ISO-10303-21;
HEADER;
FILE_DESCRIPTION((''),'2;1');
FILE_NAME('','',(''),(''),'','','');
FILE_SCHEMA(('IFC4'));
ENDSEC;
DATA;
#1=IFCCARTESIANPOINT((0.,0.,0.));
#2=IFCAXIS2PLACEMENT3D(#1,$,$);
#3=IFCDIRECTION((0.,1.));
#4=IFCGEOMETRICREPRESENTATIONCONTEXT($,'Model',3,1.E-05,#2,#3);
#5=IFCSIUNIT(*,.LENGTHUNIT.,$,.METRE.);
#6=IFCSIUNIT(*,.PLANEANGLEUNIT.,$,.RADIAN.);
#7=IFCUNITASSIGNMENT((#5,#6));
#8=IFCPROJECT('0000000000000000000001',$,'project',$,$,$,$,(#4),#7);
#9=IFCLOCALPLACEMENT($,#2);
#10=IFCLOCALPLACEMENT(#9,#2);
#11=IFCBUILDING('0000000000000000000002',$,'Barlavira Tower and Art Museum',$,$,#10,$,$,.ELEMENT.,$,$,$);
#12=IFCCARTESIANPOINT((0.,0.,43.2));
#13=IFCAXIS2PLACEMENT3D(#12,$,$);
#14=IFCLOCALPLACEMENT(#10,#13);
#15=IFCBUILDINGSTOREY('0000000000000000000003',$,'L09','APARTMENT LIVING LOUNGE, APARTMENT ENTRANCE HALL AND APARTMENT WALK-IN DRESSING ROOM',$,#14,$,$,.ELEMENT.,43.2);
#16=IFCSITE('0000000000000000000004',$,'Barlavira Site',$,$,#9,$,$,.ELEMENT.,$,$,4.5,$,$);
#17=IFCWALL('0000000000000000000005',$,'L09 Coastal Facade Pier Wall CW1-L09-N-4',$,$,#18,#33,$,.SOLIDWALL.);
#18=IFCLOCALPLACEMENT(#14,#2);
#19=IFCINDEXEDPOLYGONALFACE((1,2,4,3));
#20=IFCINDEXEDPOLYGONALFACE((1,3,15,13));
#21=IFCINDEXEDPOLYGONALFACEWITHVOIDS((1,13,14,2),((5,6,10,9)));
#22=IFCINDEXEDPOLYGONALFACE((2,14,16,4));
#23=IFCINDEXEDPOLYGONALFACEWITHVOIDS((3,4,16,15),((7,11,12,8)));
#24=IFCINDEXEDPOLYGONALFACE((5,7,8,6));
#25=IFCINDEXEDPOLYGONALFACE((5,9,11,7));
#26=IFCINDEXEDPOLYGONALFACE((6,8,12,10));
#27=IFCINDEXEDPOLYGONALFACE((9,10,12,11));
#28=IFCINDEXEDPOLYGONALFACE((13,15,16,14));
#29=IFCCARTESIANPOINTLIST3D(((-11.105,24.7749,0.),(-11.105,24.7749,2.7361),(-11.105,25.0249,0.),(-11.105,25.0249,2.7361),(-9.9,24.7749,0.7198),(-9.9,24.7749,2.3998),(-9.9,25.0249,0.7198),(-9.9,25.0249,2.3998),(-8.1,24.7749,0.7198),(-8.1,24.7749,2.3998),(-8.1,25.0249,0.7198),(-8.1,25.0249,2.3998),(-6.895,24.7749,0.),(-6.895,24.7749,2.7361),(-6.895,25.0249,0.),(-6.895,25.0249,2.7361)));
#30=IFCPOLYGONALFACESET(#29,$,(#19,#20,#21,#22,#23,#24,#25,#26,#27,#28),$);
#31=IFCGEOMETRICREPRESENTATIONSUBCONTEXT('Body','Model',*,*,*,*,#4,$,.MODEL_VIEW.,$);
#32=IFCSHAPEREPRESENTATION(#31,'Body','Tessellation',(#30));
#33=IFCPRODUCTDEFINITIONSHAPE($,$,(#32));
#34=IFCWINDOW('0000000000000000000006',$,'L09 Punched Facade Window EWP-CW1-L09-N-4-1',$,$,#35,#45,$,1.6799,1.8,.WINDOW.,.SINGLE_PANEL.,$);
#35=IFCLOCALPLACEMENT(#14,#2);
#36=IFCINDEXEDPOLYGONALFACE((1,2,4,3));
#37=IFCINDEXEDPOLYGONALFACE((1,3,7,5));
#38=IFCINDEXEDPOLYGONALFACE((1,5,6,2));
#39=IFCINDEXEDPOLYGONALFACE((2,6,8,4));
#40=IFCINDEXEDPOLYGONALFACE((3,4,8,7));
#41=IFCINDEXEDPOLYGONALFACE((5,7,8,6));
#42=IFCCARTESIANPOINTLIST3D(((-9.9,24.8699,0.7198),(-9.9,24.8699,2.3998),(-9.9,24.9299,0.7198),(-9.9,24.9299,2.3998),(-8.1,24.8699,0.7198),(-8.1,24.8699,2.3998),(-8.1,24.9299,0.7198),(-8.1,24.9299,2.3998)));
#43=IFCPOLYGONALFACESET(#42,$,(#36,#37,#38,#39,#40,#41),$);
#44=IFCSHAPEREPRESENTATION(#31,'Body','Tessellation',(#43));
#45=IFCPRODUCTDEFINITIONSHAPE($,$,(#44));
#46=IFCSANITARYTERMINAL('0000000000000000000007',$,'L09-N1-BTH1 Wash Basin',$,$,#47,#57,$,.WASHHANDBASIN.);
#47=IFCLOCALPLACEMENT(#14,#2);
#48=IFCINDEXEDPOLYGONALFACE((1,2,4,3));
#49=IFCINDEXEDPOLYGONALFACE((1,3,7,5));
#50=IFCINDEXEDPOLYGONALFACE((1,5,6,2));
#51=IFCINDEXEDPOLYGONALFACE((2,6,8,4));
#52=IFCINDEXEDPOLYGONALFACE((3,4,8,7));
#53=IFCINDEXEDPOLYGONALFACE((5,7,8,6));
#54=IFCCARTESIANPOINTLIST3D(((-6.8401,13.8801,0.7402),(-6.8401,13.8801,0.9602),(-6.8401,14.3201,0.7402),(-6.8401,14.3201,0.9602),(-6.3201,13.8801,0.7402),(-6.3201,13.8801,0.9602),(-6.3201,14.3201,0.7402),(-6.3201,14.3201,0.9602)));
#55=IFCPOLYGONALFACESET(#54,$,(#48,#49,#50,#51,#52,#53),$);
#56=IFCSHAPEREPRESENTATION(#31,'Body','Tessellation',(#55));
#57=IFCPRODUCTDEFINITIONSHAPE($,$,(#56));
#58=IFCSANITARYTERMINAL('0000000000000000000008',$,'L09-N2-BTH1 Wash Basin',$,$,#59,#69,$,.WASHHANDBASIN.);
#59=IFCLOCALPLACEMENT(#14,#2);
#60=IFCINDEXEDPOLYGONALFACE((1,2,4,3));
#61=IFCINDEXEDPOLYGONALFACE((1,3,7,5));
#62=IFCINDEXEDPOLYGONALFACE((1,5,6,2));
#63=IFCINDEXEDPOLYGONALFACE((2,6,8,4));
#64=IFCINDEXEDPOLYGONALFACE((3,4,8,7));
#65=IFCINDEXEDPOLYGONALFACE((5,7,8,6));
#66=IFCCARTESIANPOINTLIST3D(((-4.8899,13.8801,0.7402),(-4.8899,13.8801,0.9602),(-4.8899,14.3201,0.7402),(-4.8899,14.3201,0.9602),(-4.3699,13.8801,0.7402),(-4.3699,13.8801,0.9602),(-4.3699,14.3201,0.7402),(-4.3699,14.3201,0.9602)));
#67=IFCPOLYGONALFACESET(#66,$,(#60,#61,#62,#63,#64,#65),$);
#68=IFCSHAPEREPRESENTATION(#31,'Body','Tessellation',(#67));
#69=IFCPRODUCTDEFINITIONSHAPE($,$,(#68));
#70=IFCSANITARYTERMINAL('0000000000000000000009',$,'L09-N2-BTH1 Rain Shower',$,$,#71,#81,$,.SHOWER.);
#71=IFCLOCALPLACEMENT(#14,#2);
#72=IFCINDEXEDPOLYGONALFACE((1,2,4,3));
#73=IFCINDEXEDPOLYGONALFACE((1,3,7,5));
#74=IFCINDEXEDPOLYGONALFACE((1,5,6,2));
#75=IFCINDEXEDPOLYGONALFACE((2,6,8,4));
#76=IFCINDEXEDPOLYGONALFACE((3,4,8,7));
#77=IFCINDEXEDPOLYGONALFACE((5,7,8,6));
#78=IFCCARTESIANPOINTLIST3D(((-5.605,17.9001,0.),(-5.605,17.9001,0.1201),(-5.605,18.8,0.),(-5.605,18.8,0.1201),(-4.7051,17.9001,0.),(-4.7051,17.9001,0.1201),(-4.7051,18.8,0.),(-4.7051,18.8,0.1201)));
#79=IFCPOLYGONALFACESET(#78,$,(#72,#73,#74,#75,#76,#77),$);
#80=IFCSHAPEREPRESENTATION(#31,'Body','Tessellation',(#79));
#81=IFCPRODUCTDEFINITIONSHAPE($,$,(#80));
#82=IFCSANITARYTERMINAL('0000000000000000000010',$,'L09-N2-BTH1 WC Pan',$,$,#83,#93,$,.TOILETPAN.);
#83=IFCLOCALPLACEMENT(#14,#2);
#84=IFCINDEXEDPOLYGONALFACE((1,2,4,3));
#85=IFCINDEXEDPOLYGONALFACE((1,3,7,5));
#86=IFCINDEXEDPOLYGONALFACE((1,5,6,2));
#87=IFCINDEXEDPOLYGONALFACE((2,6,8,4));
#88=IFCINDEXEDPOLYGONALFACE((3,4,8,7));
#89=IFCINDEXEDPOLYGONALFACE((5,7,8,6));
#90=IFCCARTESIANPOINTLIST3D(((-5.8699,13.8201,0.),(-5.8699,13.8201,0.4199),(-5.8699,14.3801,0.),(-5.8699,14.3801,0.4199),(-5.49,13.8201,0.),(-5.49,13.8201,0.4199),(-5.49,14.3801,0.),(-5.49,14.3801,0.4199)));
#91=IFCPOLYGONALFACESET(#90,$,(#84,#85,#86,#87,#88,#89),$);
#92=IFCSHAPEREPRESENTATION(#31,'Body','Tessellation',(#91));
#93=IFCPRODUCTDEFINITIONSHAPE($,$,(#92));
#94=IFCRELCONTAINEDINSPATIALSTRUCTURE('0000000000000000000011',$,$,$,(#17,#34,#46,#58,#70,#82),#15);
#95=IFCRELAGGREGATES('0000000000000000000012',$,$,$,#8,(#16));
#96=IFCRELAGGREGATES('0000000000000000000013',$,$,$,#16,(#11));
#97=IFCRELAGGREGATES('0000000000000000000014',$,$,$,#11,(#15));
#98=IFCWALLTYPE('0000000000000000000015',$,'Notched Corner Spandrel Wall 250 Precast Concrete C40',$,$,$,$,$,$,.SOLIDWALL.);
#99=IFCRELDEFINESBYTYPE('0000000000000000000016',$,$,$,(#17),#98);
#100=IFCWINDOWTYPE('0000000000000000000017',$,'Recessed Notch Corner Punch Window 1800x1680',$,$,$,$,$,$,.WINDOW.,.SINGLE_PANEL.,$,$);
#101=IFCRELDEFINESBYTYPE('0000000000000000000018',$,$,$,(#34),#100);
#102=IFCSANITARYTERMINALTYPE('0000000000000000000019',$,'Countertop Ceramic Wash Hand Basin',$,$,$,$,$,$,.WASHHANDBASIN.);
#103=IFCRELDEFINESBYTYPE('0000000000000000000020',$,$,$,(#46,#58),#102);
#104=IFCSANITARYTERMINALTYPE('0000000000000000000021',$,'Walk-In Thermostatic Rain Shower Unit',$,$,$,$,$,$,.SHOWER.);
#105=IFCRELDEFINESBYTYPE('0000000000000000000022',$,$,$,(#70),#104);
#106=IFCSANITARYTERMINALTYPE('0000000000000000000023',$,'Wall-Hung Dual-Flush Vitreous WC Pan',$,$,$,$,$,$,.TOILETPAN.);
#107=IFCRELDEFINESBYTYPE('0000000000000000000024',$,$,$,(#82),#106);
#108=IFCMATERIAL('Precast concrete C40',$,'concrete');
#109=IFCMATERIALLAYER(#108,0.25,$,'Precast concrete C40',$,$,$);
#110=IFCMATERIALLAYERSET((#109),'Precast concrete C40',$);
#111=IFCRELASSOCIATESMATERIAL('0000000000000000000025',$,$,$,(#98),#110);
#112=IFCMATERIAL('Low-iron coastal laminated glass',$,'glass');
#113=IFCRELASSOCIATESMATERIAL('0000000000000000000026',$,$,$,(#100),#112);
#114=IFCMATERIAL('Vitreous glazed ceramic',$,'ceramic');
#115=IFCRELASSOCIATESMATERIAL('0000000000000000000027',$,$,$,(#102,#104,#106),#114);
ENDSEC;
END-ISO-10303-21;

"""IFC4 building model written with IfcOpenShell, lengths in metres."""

from ifc_helpers import new_model, si_unit, direction, frame, frame_2d, origin, origin_2d, place, context, subcontext, project, spatial, rectangle, extrude, material, layer, layer_set, type_object, element, fill, save


model = new_model("IFC4")

# Units and contexts
model_context = context("Model", 3, precision=1e-05, world=origin(), true_north=direction((0.0, 1.0)))
body_context = subcontext(model_context, "Body", "Model", "MODEL_VIEW")
ifc_project = project(units=[si_unit("LENGTHUNIT", "METRE"), si_unit("PLANEANGLEUNIT", "RADIAN")], contexts=[model_context])

# Site, building, storey
site_placement = place(None, origin())
site = spatial("IfcSite", under=ifc_project, at=site_placement, Name="Barlavira Site", CompositionType="ELEMENT", RefElevation=4.5)
building_placement = place(site_placement, origin())
building = spatial("IfcBuilding", under=site, at=building_placement, Name="Barlavira Tower and Art Museum", CompositionType="ELEMENT")
storey_placement = place(building_placement, frame((0.0, 0.0, 43.2)))
storey = spatial("IfcBuildingStorey", under=building, at=storey_placement, Name="L09", Description="APARTMENT LIVING LOUNGE, APARTMENT ENTRANCE HALL AND APARTMENT WALK-IN DRESSING ROOM", CompositionType="ELEMENT", Elevation=43.2)

# Shared definitions
ifc_material_1 = material(Name="Low-iron coastal laminated glass", Category="glass")

# Wall, opening, window
ifc_material_2 = material(Name="Precast concrete C40", Category="concrete")
ifc_layer_1 = layer(ifc_material_2, 0.25, Name="Precast concrete C40")
ifc_layer_set_1 = layer_set([ifc_layer_1], Name="Precast concrete C40")
wall_type_1 = type_object("IfcWallType", Name="Notched Corner Spandrel Wall 250 Precast Concrete C40", PredefinedType="SOLIDWALL", material=ifc_layer_set_1)
wall_1_placement = place(storey_placement, frame((-6.895, 24.8999, 0.0), z_axis=(0.0, 0.0, 1.0), x_axis=(-1.0, 0.0, 0.0)))
wall_1 = element("IfcWall", 1, at=wall_1_placement, inside=storey, type_object=wall_type_1, Name="L09 Coastal Facade Pier Wall CW1-L09-N-4", PredefinedType="SOLIDWALL", context=body_context, shape_type="SweptSolid", body=[
    extrude(rectangle(XDim=4.21, YDim=0.25, at=frame_2d((2.105, 0.0))), origin(), (0.0, 0.0, 1.0), 2.7361),
])
opening_1_placement = place(wall_1_placement, frame((1.2051, 0.0, 0.72)))
opening_1 = element("IfcOpeningElement", 2, at=opening_1_placement, cuts=wall_1, PredefinedType="OPENING", context=body_context, shape_type="SweptSolid", body=[
    extrude(rectangle(XDim=1.8, YDim=1.6799, at=frame_2d((0.8999, 0.8398))), frame((0.0, 0.135, 0.0), z_axis=(0.0, -1.0, 0.0), x_axis=(1.0, 0.0, 0.0)), (0.0, 0.0, 1.0), 0.27),
])
window_type = type_object("IfcWindowType", Name="Recessed Notch Corner Punch Window 1800x1680", PartitioningType="SINGLE_PANEL", PredefinedType="WINDOW", material=ifc_material_1)
window_placement = place(opening_1_placement, origin())
window = element("IfcWindow", 3, at=window_placement, inside=storey, type_object=window_type, Name="L09 Punched Facade Window EWP-CW1-L09-N-4-1", OverallHeight=1.6799, OverallWidth=1.8, PartitioningType="SINGLE_PANEL", PredefinedType="WINDOW", context=body_context, shape_type="SweptSolid", body=[
    extrude(rectangle(XDim=1.8, YDim=1.6799, at=frame_2d((0.8999, 0.8398))), frame((0.0, 0.03, 0.0), z_axis=(0.0, -1.0, 0.0), x_axis=(1.0, 0.0, 0.0)), (0.0, 0.0, 1.0), 0.0601),
])
fill(opening_1, window)

# Sanitary terminals
ifc_material_3 = material(Name="Vitreous glazed ceramic", Category="ceramic")
sanitary_terminal_type_1 = type_object("IfcSanitaryTerminalType", Name="Countertop Ceramic Wash Hand Basin", PredefinedType="WASHHANDBASIN", material=ifc_material_3)
for number, where, z_axis, x_axis, name in (
    (4, (-6.5801, 14.1001, 0.7402), (0.0, 0.0, 1.0), (1.0, 0.0, 0.0), "L09-N1-BTH1 Wash Basin"),
    (5, (-4.6299, 14.1001, 0.7402), (0.0, 0.0, 1.0), (1.0, 0.0, 0.0), "L09-N2-BTH1 Wash Basin"),
):
    element("IfcSanitaryTerminal", number, at=place(storey_placement, frame(where, z_axis=z_axis, x_axis=x_axis)), inside=storey, type_object=sanitary_terminal_type_1, Name=name, PredefinedType="WASHHANDBASIN", context=body_context, shape_type="SweptSolid", body=[
        extrude(rectangle(XDim=0.52, YDim=0.4399, at=origin_2d()), origin(), (0.0, 0.0, 1.0), 0.22),
    ])
sanitary_terminal_type_2 = type_object("IfcSanitaryTerminalType", Name="Walk-In Thermostatic Rain Shower Unit", PredefinedType="SHOWER", material=ifc_material_3)
sanitary_terminal_1_placement = place(storey_placement, frame((-5.155, 18.3501, 0.0), z_axis=(0.0, 0.0, 1.0), x_axis=(1.0, 0.0, 0.0)))
element("IfcSanitaryTerminal", 6, at=sanitary_terminal_1_placement, inside=storey, type_object=sanitary_terminal_type_2, Name="L09-N2-BTH1 Rain Shower", PredefinedType="SHOWER", context=body_context, shape_type="SweptSolid", body=[
    extrude(rectangle(XDim=0.8999, YDim=0.8999, at=origin_2d()), origin(), (0.0, 0.0, 1.0), 0.1201),
])
sanitary_terminal_type_3 = type_object("IfcSanitaryTerminalType", Name="Wall-Hung Dual-Flush Vitreous WC Pan", PredefinedType="TOILETPAN", material=ifc_material_3)
sanitary_terminal_2_placement = place(storey_placement, frame((-5.6799, 14.1001, 0.0), z_axis=(0.0, 0.0, 1.0), x_axis=(1.0, 0.0, 0.0)))
element("IfcSanitaryTerminal", 7, at=sanitary_terminal_2_placement, inside=storey, type_object=sanitary_terminal_type_3, Name="L09-N2-BTH1 WC Pan", PredefinedType="TOILETPAN", context=body_context, shape_type="SweptSolid", body=[
    extrude(rectangle(XDim=0.3799, YDim=0.5601, at=origin_2d()), origin(), (0.0, 0.0, 1.0), 0.4199),
])

save(model, "model.ifc")
